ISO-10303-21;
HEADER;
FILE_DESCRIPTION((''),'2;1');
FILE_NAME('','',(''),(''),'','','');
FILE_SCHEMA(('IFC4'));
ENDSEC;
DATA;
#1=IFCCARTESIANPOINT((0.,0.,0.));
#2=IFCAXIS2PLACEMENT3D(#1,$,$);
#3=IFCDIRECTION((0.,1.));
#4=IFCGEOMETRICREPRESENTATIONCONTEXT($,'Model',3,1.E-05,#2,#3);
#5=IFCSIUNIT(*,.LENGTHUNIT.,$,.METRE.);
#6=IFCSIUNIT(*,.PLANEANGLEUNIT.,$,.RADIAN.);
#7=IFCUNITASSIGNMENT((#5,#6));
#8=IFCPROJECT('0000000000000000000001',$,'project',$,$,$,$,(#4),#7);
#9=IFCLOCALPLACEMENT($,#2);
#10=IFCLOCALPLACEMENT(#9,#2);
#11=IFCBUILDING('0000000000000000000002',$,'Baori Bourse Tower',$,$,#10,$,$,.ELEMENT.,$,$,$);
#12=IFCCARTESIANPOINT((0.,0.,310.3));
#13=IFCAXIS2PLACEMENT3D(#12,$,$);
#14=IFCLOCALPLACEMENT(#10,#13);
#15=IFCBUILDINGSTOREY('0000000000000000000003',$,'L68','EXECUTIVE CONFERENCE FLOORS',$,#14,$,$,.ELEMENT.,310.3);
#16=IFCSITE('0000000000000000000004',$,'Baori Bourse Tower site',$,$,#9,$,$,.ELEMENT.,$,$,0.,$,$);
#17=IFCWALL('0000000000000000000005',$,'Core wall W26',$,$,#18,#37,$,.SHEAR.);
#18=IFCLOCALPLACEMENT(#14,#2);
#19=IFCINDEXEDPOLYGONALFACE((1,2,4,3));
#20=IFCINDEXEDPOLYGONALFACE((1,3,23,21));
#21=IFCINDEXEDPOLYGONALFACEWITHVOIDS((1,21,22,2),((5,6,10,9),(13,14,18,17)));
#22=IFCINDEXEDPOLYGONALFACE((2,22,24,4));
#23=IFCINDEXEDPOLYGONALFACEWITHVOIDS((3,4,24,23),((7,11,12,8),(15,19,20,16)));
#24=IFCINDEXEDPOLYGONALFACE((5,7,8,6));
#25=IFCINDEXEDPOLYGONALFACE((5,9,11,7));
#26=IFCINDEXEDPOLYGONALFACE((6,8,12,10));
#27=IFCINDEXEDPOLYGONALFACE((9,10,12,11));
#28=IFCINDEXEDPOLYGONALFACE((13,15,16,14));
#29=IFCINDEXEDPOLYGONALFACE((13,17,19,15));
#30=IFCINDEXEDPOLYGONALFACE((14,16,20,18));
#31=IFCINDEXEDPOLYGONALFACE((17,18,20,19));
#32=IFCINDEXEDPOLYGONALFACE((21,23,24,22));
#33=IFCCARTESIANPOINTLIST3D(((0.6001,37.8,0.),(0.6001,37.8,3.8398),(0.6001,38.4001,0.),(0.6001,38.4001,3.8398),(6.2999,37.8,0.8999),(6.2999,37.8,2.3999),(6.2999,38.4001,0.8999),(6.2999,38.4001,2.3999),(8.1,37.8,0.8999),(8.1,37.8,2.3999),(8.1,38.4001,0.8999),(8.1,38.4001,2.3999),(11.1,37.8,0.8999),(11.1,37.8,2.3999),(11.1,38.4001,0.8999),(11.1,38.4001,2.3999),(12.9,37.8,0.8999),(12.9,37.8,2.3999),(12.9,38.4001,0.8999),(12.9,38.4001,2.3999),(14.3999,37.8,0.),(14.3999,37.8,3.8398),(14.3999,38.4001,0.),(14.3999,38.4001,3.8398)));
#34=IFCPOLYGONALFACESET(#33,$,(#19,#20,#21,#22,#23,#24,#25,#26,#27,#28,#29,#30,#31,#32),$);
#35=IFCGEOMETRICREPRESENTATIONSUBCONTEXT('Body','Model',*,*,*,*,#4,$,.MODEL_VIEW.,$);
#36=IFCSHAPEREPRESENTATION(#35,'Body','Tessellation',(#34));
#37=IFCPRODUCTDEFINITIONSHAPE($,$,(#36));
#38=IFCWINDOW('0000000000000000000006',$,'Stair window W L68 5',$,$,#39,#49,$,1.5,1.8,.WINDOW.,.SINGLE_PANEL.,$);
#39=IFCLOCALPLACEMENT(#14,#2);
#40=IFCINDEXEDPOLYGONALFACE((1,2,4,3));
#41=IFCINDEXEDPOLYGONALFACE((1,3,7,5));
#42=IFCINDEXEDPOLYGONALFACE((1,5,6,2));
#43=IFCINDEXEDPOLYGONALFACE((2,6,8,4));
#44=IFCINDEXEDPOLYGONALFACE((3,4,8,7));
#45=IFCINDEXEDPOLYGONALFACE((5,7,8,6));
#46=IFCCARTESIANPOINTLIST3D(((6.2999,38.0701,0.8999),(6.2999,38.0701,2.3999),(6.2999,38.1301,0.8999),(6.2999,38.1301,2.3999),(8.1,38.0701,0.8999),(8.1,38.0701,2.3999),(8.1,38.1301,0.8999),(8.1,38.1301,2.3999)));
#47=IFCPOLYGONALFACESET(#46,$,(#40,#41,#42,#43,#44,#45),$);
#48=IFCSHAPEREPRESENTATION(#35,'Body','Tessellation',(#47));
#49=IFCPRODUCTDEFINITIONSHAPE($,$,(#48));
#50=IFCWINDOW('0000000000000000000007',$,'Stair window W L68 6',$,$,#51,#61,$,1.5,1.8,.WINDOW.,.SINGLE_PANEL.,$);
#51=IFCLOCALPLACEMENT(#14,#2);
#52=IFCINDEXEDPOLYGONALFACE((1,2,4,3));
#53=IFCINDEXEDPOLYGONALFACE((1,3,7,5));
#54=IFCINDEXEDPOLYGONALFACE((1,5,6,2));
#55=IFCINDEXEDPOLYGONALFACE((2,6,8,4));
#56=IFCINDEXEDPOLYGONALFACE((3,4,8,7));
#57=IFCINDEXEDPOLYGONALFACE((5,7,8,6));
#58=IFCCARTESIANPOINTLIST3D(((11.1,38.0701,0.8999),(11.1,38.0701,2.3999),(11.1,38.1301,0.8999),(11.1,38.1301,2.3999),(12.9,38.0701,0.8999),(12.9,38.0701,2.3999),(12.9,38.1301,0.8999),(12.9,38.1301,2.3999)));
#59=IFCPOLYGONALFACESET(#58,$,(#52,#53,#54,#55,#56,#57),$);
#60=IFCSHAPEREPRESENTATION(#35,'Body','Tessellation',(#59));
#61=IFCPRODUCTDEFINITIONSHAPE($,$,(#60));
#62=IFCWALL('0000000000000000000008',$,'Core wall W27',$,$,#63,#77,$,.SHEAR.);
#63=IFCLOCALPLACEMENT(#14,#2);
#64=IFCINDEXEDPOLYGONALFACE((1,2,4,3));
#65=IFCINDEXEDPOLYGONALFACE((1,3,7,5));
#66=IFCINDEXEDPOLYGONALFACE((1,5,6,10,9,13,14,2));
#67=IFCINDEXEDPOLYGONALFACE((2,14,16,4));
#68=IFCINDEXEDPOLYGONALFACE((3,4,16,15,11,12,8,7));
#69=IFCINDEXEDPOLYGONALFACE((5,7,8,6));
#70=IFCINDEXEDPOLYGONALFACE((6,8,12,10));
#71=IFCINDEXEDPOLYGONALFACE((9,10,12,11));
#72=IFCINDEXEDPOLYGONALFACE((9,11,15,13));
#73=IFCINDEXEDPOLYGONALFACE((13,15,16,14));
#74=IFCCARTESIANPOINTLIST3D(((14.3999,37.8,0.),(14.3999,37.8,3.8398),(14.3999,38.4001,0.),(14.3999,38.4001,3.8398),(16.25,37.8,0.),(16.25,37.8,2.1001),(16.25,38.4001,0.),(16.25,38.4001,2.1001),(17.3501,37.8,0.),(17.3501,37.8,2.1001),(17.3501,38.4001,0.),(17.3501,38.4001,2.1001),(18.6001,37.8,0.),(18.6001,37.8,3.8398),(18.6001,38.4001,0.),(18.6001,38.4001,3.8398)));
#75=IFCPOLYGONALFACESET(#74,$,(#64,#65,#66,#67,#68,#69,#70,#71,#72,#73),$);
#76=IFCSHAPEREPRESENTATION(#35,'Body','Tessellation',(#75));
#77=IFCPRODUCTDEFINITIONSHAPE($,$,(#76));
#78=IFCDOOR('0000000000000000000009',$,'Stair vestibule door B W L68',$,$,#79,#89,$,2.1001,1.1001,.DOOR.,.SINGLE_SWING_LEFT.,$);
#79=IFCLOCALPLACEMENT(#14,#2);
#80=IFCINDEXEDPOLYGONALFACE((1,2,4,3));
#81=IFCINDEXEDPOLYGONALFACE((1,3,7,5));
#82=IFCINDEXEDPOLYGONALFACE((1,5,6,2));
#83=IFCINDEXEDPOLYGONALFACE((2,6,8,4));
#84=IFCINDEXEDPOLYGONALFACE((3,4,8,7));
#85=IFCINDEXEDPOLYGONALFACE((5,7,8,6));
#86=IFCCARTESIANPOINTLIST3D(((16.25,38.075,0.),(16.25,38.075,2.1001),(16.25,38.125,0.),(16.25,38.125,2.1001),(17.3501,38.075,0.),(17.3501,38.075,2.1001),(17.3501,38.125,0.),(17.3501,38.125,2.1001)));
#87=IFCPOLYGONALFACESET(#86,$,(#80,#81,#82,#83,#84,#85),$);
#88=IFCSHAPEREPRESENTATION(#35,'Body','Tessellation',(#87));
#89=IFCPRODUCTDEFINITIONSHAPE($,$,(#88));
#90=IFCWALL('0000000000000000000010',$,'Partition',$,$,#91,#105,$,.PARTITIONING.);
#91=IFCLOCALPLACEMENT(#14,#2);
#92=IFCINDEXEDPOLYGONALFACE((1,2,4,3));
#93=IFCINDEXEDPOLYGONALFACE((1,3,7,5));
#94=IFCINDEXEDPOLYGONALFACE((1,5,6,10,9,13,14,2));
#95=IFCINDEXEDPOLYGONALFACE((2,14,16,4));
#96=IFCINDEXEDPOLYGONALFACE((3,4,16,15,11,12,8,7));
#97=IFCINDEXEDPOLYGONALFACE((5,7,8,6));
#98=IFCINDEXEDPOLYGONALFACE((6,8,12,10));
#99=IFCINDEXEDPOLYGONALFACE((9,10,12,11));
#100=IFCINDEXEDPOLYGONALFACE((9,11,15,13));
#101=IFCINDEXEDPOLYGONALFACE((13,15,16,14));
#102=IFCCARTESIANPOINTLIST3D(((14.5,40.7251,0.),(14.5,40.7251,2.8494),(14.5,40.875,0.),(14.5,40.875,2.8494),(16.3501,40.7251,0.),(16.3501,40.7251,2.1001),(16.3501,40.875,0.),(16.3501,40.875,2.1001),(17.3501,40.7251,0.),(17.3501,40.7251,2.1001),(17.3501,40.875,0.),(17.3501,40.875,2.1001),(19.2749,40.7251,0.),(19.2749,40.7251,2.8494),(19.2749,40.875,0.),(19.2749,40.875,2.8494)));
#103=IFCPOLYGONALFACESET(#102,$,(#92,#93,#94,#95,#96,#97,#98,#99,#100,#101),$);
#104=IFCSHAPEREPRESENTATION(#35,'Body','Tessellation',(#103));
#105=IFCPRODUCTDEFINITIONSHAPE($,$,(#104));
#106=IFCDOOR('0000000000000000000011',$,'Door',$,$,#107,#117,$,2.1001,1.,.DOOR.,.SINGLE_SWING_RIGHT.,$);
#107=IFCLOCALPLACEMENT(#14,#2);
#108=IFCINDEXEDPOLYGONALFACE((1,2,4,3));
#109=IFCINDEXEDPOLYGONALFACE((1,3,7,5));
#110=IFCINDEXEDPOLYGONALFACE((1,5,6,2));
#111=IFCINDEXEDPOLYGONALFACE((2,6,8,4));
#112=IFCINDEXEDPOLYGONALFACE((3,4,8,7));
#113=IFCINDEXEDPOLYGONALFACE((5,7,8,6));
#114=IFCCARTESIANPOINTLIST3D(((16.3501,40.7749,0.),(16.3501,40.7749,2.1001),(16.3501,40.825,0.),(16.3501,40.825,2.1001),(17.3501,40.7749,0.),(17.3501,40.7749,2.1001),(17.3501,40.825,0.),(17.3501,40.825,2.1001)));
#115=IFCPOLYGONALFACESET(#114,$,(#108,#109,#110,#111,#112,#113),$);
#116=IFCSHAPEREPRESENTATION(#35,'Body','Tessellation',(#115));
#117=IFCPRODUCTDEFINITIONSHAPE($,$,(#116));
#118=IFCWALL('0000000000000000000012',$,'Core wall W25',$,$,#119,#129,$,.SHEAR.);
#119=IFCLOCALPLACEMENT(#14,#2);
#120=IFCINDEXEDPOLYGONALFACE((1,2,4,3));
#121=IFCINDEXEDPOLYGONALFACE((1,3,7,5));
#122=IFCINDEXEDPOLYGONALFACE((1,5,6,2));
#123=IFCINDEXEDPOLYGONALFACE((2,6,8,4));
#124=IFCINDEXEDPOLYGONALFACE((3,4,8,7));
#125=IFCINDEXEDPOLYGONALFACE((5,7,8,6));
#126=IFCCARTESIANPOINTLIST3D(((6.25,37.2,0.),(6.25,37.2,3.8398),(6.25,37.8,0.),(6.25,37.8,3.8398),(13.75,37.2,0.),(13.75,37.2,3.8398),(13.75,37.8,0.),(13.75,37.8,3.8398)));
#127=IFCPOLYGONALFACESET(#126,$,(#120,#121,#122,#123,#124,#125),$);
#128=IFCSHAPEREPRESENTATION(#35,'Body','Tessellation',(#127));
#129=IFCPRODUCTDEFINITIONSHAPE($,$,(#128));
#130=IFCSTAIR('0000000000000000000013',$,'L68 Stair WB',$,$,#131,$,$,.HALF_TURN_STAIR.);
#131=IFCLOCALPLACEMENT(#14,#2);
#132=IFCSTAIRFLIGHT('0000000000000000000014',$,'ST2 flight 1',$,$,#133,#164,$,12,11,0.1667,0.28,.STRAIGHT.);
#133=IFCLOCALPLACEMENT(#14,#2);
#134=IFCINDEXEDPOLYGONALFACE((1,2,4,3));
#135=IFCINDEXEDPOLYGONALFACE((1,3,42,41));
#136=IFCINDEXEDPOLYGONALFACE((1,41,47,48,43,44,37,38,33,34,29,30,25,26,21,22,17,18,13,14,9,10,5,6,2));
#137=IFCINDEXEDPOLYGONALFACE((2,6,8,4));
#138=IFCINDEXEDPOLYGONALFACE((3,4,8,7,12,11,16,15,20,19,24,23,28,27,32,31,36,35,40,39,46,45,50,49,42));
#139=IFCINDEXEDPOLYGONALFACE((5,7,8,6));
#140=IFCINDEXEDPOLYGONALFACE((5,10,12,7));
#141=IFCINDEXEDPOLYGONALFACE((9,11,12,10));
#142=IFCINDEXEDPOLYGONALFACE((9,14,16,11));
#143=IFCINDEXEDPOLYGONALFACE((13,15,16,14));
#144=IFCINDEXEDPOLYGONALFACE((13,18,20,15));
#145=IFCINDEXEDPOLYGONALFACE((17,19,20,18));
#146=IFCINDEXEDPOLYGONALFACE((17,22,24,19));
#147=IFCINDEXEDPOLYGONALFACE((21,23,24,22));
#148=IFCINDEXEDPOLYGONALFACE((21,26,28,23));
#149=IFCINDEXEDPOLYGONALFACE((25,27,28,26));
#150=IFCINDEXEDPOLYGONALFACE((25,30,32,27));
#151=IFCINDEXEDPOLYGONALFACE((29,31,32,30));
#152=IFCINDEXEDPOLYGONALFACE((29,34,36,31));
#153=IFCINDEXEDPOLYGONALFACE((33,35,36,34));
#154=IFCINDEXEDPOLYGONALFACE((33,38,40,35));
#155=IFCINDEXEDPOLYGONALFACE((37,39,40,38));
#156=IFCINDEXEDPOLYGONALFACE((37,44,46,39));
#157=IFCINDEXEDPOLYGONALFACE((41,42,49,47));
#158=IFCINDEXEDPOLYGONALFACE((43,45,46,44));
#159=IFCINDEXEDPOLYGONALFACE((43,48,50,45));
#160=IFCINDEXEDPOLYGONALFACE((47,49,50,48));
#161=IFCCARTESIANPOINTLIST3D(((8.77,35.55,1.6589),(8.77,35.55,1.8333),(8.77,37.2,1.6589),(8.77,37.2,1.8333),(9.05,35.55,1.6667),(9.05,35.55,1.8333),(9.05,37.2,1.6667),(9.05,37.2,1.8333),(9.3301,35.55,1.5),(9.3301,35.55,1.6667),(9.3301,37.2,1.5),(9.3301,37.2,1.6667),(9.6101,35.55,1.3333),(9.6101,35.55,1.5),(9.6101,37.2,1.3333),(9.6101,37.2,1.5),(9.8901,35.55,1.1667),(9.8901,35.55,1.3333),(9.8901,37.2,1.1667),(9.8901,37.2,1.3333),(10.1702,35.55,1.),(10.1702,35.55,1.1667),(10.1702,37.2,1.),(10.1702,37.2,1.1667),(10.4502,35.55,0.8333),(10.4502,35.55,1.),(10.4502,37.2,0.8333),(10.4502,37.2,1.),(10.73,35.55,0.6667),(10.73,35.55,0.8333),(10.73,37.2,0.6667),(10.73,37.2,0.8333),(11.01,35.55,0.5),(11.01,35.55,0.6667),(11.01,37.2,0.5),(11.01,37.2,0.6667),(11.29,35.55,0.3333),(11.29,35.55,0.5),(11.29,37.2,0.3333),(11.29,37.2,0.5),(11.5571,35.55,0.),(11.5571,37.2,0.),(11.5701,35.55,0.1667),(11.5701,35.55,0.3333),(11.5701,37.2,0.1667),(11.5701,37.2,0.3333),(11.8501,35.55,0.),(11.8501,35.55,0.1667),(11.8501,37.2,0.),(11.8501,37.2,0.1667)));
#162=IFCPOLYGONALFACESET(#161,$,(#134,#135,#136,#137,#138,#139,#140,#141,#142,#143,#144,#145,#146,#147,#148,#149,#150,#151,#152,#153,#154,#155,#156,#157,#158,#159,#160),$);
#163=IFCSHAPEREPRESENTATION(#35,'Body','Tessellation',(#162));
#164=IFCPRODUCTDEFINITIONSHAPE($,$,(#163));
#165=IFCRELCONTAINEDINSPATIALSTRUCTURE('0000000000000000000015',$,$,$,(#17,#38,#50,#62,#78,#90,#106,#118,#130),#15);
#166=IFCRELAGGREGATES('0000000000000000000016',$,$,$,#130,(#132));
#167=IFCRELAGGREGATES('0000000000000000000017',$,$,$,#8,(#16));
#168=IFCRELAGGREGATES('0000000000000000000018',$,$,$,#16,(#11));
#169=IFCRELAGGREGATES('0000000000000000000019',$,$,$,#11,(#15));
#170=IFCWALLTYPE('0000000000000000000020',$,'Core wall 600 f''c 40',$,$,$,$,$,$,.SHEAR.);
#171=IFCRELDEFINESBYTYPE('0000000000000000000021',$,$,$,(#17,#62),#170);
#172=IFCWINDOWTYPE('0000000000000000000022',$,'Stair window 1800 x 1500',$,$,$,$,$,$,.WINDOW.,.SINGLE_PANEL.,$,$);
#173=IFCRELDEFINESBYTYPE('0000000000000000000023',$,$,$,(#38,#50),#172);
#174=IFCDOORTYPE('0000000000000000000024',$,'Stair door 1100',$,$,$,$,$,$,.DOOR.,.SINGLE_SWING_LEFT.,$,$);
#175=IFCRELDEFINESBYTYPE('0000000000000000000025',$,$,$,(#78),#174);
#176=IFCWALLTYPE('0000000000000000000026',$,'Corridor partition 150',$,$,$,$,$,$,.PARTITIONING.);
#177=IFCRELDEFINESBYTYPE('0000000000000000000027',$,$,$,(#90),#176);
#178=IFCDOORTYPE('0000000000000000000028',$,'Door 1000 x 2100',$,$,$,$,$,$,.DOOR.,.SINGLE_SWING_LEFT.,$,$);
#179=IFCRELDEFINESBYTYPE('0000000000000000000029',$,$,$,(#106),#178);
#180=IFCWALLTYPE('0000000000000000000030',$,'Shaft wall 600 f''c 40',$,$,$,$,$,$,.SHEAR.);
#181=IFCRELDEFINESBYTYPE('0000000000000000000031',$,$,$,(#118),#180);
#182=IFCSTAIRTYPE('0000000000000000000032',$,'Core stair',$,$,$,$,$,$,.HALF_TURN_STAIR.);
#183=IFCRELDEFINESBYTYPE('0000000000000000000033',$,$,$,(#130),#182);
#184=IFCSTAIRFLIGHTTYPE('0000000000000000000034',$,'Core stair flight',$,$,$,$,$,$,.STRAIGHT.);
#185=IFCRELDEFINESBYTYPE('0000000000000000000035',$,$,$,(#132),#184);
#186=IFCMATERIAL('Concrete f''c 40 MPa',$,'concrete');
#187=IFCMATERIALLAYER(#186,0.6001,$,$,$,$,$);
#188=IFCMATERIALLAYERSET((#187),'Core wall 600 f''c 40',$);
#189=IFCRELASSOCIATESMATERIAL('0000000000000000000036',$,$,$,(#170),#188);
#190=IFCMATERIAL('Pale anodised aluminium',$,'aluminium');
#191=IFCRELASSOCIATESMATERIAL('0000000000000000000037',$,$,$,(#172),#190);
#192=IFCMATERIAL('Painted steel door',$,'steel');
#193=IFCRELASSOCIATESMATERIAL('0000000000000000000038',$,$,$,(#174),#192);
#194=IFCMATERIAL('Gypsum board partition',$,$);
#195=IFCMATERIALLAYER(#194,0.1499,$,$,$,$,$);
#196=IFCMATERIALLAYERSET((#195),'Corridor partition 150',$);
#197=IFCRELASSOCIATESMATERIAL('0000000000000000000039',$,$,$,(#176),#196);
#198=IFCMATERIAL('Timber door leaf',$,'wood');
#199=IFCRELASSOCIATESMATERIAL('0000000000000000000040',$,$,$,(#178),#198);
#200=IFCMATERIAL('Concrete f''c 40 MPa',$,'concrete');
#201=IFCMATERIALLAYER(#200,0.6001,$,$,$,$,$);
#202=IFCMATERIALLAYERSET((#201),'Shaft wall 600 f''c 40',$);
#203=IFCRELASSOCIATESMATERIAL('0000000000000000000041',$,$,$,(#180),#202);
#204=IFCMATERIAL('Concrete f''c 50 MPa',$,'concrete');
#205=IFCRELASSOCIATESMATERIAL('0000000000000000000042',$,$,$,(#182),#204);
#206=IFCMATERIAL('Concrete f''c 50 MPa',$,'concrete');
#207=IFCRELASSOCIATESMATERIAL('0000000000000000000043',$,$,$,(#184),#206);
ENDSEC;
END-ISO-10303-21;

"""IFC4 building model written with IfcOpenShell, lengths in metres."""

from ifc_helpers import new_model, si_unit, direction, frame, frame_2d, origin, place, context, subcontext, project, spatial, polyline, rectangle, outline, extrude, material, layer, layer_set, type_object, element, fill, aggregate, save


model = new_model("IFC4")

# Units and contexts
model_context = context("Model", 3, precision=1e-05, world=origin(), true_north=direction((0.0, 1.0)))
body_context = subcontext(model_context, "Body", "Model", "MODEL_VIEW")
ifc_project = project(units=[si_unit("LENGTHUNIT", "METRE"), si_unit("PLANEANGLEUNIT", "RADIAN")], contexts=[model_context])

# Site, building, storey
site_placement = place(None, origin())
site = spatial("IfcSite", under=ifc_project, at=site_placement, Name="Baori Bourse Tower site", CompositionType="ELEMENT", RefElevation=0.0)
building_placement = place(site_placement, origin())
building = spatial("IfcBuilding", under=site, at=building_placement, Name="Baori Bourse Tower", CompositionType="ELEMENT")
storey_placement = place(building_placement, frame((0.0, 0.0, 310.3)))
storey = spatial("IfcBuildingStorey", under=building, at=storey_placement, Name="L68", Description="EXECUTIVE CONFERENCE FLOORS", CompositionType="ELEMENT", Elevation=310.3)

# Wall, openings, windows
ifc_material_1 = material(Name="Concrete f'c 40 MPa", Category="concrete")
ifc_layer_1 = layer(ifc_material_1, 0.6001)
ifc_layer_set_1 = layer_set([ifc_layer_1], Name="Core wall 600 f'c 40")
wall_type_1 = type_object("IfcWallType", Name="Core wall 600 f'c 40", PredefinedType="SHEAR", material=ifc_layer_set_1)
wall_1_placement = place(storey_placement, frame((0.6001, 38.1001, 0.0), z_axis=(0.0, 0.0, 1.0), x_axis=(1.0, 0.0, 0.0)))
wall_1 = element("IfcWall", 1, at=wall_1_placement, inside=storey, type_object=wall_type_1, Name="Core wall W26", PredefinedType="SHEAR", context=body_context, shape_type="SweptSolid", body=[
    extrude(rectangle(XDim=13.7998, YDim=0.6001, at=frame_2d((6.8999, 0.0))), origin(), (0.0, 0.0, 1.0), 3.8398),
])
opening_1_placement = place(wall_1_placement, frame((5.7, 0.0, 0.8999)))
opening_1 = element("IfcOpeningElement", 2, at=opening_1_placement, cuts=wall_1, PredefinedType="OPENING", context=body_context, shape_type="SweptSolid", body=[
    extrude(rectangle(XDim=1.8, YDim=1.5, at=frame_2d((0.8999, 0.75))), frame((0.0, 0.3101, 0.0), z_axis=(0.0, -1.0, 0.0), x_axis=(1.0, 0.0, 0.0)), (0.0, 0.0, 1.0), 0.6201),
])
opening_2_placement = place(wall_1_placement, frame((10.5, 0.0, 0.8999)))
opening_2 = element("IfcOpeningElement", 3, at=opening_2_placement, cuts=wall_1, PredefinedType="OPENING", context=body_context, shape_type="SweptSolid", body=[
    extrude(rectangle(XDim=1.8, YDim=1.5, at=frame_2d((0.8999, 0.75))), frame((0.0, 0.3101, 0.0), z_axis=(0.0, -1.0, 0.0), x_axis=(1.0, 0.0, 0.0)), (0.0, 0.0, 1.0), 0.6201),
])
ifc_material_2 = material(Name="Pale anodised aluminium", Category="aluminium")
window_type = type_object("IfcWindowType", Name="Stair window 1800 x 1500", PartitioningType="SINGLE_PANEL", PredefinedType="WINDOW", material=ifc_material_2)
window_1_placement = place(opening_1_placement, origin())
window_1 = element("IfcWindow", 4, at=window_1_placement, inside=storey, type_object=window_type, Name="Stair window W L68 5", OverallHeight=1.5, OverallWidth=1.8, PartitioningType="SINGLE_PANEL", PredefinedType="WINDOW", context=body_context, shape_type="SweptSolid", body=[
    extrude(rectangle(XDim=1.8, YDim=1.5, at=frame_2d((0.8999, 0.75))), frame((0.0, 0.03, 0.0), z_axis=(0.0, -1.0, 0.0), x_axis=(1.0, 0.0, 0.0)), (0.0, 0.0, 1.0), 0.0601),
])
fill(opening_1, window_1)
window_2_placement = place(opening_2_placement, origin())
window_2 = element("IfcWindow", 5, at=window_2_placement, inside=storey, type_object=window_type, Name="Stair window W L68 6", OverallHeight=1.5, OverallWidth=1.8, PartitioningType="SINGLE_PANEL", PredefinedType="WINDOW", context=body_context, shape_type="SweptSolid", body=[
    extrude(rectangle(XDim=1.8, YDim=1.5, at=frame_2d((0.8999, 0.75))), frame((0.0, 0.03, 0.0), z_axis=(0.0, -1.0, 0.0), x_axis=(1.0, 0.0, 0.0)), (0.0, 0.0, 1.0), 0.0601),
])
fill(opening_2, window_2)

# Walls, openings, doors
wall_2_placement = place(storey_placement, frame((14.3999, 38.1001, 0.0), z_axis=(0.0, 0.0, 1.0), x_axis=(1.0, 0.0, 0.0)))
wall_2 = element("IfcWall", 6, at=wall_2_placement, inside=storey, type_object=wall_type_1, Name="Core wall W27", PredefinedType="SHEAR", context=body_context, shape_type="SweptSolid", body=[
    extrude(rectangle(XDim=4.2002, YDim=0.6001, at=frame_2d((2.1001, 0.0))), origin(), (0.0, 0.0, 1.0), 3.8398),
])
opening_3_placement = place(wall_2_placement, frame((1.8501, 0.0, 0.0)))
opening_3 = element("IfcOpeningElement", 7, at=opening_3_placement, cuts=wall_2, PredefinedType="OPENING", context=body_context, shape_type="SweptSolid", body=[
    extrude(rectangle(XDim=1.1001, YDim=2.1001, at=frame_2d((0.55, 1.05))), frame((0.0, 0.3101, 0.0), z_axis=(0.0, -1.0, 0.0), x_axis=(1.0, 0.0, 0.0)), (0.0, 0.0, 1.0), 0.6201),
])
ifc_material_3 = material(Name="Painted steel door", Category="steel")
door_type_1 = type_object("IfcDoorType", Name="Stair door 1100", OperationType="SINGLE_SWING_LEFT", PredefinedType="DOOR", material=ifc_material_3)
door_1_placement = place(opening_3_placement, origin())
door_1 = element("IfcDoor", 8, at=door_1_placement, inside=storey, type_object=door_type_1, Name="Stair vestibule door B W L68", OperationType="SINGLE_SWING_LEFT", OverallHeight=2.1001, OverallWidth=1.1001, PredefinedType="DOOR", context=body_context, shape_type="SweptSolid", body=[
    extrude(rectangle(XDim=1.1001, YDim=2.1001, at=frame_2d((0.55, 1.05))), frame((0.0, 0.0249, 0.0), z_axis=(0.0, -1.0, 0.0), x_axis=(1.0, 0.0, 0.0)), (0.0, 0.0, 1.0), 0.05),
])
fill(opening_3, door_1)
ifc_material_4 = material(Name="Gypsum board partition")
ifc_layer_2 = layer(ifc_material_4, 0.1499)
ifc_layer_set_2 = layer_set([ifc_layer_2], Name="Corridor partition 150")
wall_type_2 = type_object("IfcWallType", Name="Corridor partition 150", PredefinedType="PARTITIONING", material=ifc_layer_set_2)
wall_3_placement = place(storey_placement, frame((14.5, 40.8, 0.0), z_axis=(0.0, 0.0, 1.0), x_axis=(1.0, 0.0, 0.0)))
wall_3 = element("IfcWall", 9, at=wall_3_placement, inside=storey, type_object=wall_type_2, Name="Partition", PredefinedType="PARTITIONING", context=body_context, shape_type="SweptSolid", body=[
    extrude(rectangle(XDim=4.7749, YDim=0.1499, at=frame_2d((2.3875, 0.0))), origin(), (0.0, 0.0, 1.0), 2.8494),
])
opening_4_placement = place(wall_3_placement, frame((1.8501, 0.0, 0.0)))
opening_4 = element("IfcOpeningElement", 10, at=opening_4_placement, cuts=wall_3, PredefinedType="OPENING", context=body_context, shape_type="SweptSolid", body=[
    extrude(rectangle(XDim=1.0, YDim=2.1001, at=frame_2d((0.5, 1.05))), frame((0.0, 0.085, 0.0), z_axis=(0.0, -1.0, 0.0), x_axis=(1.0, 0.0, 0.0)), (0.0, 0.0, 1.0), 0.1699),
])
ifc_material_5 = material(Name="Timber door leaf", Category="wood")
door_type_2 = type_object("IfcDoorType", Name="Door 1000 x 2100", OperationType="SINGLE_SWING_LEFT", PredefinedType="DOOR", material=ifc_material_5)
door_2_placement = place(opening_4_placement, origin())
door_2 = element("IfcDoor", 11, at=door_2_placement, inside=storey, type_object=door_type_2, Name="Door", OperationType="SINGLE_SWING_RIGHT", OverallHeight=2.1001, OverallWidth=1.0, PredefinedType="DOOR", context=body_context, shape_type="SweptSolid", body=[
    extrude(rectangle(XDim=1.0, YDim=2.1001, at=frame_2d((0.5, 1.05))), frame((0.0, 0.0249, 0.0), z_axis=(0.0, -1.0, 0.0), x_axis=(1.0, 0.0, 0.0)), (0.0, 0.0, 1.0), 0.05),
])
fill(opening_4, door_2)

# Wall
ifc_material_6 = material(Name="Concrete f'c 40 MPa", Category="concrete")
ifc_layer_3 = layer(ifc_material_6, 0.6001)
ifc_layer_set_3 = layer_set([ifc_layer_3], Name="Shaft wall 600 f'c 40")
wall_type_3 = type_object("IfcWallType", Name="Shaft wall 600 f'c 40", PredefinedType="SHEAR", material=ifc_layer_set_3)
wall_4_placement = place(storey_placement, frame((6.25, 37.5, 0.0), z_axis=(0.0, 0.0, 1.0), x_axis=(1.0, 0.0, 0.0)))
element("IfcWall", 12, at=wall_4_placement, inside=storey, type_object=wall_type_3, Name="Core wall W25", PredefinedType="SHEAR", context=body_context, shape_type="SweptSolid", body=[
    extrude(rectangle(XDim=7.5, YDim=0.6001, at=frame_2d((3.75, 0.0))), origin(), (0.0, 0.0, 1.0), 3.8398),
])

# Stair, stair flight
ifc_material_7 = material(Name="Concrete f'c 50 MPa", Category="concrete")
stair_type = type_object("IfcStairType", Name="Core stair", PredefinedType="HALF_TURN_STAIR", material=ifc_material_7)
stair_placement = place(storey_placement, origin())
stair = element("IfcStair", 13, at=stair_placement, inside=storey, type_object=stair_type, Name="L68 Stair WB", PredefinedType="HALF_TURN_STAIR")
ifc_material_8 = material(Name="Concrete f'c 50 MPa", Category="concrete")
stair_flight_type = type_object("IfcStairFlightType", Name="Core stair flight", PredefinedType="STRAIGHT", material=ifc_material_8)
stair_flight_placement = place(storey_placement, frame((11.8501, 36.375, 0.0), z_axis=(0.0, 0.0, 1.0), x_axis=(-1.0, 0.0, 0.0)))
stair_flight = element("IfcStairFlight", 14, at=stair_flight_placement, type_object=stair_flight_type, Name="ST2 flight 1", NumberOfRisers=12, NumberOfTreads=11, PredefinedType="STRAIGHT", RiserHeight=0.1667, TreadLength=0.28, context=body_context, shape_type="SweptSolid", body=[
    extrude(outline(polyline([(0.0, 0.0), (0.0, 0.1667), (0.28, 0.1667), (0.28, 0.3333), (0.5601, 0.3333), (0.5601, 0.5), (0.8401, 0.5), (0.8401, 0.6667), (1.1201, 0.6667), (1.1201, 0.8333), (1.3999, 0.8333), (1.3999, 1.0), (1.6799, 1.0), (1.6799, 1.1667), (1.96, 1.1667), (1.96, 1.3333), (2.24, 1.3333), (2.24, 1.5), (2.52, 1.5), (2.52, 1.6667), (2.8, 1.6667), (2.8, 1.8333), (3.0801, 1.8333), (3.0801, 2.0), (3.0801, 1.6589), (0.293, 0.0), (0.0, 0.0)])), frame((0.0, 0.825, 0.0), z_axis=(0.0, -1.0, 0.0), x_axis=(1.0, 0.0, 0.0)), (0.0, 0.0, 1.0), 1.6499),
])
aggregate(stair, [stair_flight])

save(model, "model.ifc")
